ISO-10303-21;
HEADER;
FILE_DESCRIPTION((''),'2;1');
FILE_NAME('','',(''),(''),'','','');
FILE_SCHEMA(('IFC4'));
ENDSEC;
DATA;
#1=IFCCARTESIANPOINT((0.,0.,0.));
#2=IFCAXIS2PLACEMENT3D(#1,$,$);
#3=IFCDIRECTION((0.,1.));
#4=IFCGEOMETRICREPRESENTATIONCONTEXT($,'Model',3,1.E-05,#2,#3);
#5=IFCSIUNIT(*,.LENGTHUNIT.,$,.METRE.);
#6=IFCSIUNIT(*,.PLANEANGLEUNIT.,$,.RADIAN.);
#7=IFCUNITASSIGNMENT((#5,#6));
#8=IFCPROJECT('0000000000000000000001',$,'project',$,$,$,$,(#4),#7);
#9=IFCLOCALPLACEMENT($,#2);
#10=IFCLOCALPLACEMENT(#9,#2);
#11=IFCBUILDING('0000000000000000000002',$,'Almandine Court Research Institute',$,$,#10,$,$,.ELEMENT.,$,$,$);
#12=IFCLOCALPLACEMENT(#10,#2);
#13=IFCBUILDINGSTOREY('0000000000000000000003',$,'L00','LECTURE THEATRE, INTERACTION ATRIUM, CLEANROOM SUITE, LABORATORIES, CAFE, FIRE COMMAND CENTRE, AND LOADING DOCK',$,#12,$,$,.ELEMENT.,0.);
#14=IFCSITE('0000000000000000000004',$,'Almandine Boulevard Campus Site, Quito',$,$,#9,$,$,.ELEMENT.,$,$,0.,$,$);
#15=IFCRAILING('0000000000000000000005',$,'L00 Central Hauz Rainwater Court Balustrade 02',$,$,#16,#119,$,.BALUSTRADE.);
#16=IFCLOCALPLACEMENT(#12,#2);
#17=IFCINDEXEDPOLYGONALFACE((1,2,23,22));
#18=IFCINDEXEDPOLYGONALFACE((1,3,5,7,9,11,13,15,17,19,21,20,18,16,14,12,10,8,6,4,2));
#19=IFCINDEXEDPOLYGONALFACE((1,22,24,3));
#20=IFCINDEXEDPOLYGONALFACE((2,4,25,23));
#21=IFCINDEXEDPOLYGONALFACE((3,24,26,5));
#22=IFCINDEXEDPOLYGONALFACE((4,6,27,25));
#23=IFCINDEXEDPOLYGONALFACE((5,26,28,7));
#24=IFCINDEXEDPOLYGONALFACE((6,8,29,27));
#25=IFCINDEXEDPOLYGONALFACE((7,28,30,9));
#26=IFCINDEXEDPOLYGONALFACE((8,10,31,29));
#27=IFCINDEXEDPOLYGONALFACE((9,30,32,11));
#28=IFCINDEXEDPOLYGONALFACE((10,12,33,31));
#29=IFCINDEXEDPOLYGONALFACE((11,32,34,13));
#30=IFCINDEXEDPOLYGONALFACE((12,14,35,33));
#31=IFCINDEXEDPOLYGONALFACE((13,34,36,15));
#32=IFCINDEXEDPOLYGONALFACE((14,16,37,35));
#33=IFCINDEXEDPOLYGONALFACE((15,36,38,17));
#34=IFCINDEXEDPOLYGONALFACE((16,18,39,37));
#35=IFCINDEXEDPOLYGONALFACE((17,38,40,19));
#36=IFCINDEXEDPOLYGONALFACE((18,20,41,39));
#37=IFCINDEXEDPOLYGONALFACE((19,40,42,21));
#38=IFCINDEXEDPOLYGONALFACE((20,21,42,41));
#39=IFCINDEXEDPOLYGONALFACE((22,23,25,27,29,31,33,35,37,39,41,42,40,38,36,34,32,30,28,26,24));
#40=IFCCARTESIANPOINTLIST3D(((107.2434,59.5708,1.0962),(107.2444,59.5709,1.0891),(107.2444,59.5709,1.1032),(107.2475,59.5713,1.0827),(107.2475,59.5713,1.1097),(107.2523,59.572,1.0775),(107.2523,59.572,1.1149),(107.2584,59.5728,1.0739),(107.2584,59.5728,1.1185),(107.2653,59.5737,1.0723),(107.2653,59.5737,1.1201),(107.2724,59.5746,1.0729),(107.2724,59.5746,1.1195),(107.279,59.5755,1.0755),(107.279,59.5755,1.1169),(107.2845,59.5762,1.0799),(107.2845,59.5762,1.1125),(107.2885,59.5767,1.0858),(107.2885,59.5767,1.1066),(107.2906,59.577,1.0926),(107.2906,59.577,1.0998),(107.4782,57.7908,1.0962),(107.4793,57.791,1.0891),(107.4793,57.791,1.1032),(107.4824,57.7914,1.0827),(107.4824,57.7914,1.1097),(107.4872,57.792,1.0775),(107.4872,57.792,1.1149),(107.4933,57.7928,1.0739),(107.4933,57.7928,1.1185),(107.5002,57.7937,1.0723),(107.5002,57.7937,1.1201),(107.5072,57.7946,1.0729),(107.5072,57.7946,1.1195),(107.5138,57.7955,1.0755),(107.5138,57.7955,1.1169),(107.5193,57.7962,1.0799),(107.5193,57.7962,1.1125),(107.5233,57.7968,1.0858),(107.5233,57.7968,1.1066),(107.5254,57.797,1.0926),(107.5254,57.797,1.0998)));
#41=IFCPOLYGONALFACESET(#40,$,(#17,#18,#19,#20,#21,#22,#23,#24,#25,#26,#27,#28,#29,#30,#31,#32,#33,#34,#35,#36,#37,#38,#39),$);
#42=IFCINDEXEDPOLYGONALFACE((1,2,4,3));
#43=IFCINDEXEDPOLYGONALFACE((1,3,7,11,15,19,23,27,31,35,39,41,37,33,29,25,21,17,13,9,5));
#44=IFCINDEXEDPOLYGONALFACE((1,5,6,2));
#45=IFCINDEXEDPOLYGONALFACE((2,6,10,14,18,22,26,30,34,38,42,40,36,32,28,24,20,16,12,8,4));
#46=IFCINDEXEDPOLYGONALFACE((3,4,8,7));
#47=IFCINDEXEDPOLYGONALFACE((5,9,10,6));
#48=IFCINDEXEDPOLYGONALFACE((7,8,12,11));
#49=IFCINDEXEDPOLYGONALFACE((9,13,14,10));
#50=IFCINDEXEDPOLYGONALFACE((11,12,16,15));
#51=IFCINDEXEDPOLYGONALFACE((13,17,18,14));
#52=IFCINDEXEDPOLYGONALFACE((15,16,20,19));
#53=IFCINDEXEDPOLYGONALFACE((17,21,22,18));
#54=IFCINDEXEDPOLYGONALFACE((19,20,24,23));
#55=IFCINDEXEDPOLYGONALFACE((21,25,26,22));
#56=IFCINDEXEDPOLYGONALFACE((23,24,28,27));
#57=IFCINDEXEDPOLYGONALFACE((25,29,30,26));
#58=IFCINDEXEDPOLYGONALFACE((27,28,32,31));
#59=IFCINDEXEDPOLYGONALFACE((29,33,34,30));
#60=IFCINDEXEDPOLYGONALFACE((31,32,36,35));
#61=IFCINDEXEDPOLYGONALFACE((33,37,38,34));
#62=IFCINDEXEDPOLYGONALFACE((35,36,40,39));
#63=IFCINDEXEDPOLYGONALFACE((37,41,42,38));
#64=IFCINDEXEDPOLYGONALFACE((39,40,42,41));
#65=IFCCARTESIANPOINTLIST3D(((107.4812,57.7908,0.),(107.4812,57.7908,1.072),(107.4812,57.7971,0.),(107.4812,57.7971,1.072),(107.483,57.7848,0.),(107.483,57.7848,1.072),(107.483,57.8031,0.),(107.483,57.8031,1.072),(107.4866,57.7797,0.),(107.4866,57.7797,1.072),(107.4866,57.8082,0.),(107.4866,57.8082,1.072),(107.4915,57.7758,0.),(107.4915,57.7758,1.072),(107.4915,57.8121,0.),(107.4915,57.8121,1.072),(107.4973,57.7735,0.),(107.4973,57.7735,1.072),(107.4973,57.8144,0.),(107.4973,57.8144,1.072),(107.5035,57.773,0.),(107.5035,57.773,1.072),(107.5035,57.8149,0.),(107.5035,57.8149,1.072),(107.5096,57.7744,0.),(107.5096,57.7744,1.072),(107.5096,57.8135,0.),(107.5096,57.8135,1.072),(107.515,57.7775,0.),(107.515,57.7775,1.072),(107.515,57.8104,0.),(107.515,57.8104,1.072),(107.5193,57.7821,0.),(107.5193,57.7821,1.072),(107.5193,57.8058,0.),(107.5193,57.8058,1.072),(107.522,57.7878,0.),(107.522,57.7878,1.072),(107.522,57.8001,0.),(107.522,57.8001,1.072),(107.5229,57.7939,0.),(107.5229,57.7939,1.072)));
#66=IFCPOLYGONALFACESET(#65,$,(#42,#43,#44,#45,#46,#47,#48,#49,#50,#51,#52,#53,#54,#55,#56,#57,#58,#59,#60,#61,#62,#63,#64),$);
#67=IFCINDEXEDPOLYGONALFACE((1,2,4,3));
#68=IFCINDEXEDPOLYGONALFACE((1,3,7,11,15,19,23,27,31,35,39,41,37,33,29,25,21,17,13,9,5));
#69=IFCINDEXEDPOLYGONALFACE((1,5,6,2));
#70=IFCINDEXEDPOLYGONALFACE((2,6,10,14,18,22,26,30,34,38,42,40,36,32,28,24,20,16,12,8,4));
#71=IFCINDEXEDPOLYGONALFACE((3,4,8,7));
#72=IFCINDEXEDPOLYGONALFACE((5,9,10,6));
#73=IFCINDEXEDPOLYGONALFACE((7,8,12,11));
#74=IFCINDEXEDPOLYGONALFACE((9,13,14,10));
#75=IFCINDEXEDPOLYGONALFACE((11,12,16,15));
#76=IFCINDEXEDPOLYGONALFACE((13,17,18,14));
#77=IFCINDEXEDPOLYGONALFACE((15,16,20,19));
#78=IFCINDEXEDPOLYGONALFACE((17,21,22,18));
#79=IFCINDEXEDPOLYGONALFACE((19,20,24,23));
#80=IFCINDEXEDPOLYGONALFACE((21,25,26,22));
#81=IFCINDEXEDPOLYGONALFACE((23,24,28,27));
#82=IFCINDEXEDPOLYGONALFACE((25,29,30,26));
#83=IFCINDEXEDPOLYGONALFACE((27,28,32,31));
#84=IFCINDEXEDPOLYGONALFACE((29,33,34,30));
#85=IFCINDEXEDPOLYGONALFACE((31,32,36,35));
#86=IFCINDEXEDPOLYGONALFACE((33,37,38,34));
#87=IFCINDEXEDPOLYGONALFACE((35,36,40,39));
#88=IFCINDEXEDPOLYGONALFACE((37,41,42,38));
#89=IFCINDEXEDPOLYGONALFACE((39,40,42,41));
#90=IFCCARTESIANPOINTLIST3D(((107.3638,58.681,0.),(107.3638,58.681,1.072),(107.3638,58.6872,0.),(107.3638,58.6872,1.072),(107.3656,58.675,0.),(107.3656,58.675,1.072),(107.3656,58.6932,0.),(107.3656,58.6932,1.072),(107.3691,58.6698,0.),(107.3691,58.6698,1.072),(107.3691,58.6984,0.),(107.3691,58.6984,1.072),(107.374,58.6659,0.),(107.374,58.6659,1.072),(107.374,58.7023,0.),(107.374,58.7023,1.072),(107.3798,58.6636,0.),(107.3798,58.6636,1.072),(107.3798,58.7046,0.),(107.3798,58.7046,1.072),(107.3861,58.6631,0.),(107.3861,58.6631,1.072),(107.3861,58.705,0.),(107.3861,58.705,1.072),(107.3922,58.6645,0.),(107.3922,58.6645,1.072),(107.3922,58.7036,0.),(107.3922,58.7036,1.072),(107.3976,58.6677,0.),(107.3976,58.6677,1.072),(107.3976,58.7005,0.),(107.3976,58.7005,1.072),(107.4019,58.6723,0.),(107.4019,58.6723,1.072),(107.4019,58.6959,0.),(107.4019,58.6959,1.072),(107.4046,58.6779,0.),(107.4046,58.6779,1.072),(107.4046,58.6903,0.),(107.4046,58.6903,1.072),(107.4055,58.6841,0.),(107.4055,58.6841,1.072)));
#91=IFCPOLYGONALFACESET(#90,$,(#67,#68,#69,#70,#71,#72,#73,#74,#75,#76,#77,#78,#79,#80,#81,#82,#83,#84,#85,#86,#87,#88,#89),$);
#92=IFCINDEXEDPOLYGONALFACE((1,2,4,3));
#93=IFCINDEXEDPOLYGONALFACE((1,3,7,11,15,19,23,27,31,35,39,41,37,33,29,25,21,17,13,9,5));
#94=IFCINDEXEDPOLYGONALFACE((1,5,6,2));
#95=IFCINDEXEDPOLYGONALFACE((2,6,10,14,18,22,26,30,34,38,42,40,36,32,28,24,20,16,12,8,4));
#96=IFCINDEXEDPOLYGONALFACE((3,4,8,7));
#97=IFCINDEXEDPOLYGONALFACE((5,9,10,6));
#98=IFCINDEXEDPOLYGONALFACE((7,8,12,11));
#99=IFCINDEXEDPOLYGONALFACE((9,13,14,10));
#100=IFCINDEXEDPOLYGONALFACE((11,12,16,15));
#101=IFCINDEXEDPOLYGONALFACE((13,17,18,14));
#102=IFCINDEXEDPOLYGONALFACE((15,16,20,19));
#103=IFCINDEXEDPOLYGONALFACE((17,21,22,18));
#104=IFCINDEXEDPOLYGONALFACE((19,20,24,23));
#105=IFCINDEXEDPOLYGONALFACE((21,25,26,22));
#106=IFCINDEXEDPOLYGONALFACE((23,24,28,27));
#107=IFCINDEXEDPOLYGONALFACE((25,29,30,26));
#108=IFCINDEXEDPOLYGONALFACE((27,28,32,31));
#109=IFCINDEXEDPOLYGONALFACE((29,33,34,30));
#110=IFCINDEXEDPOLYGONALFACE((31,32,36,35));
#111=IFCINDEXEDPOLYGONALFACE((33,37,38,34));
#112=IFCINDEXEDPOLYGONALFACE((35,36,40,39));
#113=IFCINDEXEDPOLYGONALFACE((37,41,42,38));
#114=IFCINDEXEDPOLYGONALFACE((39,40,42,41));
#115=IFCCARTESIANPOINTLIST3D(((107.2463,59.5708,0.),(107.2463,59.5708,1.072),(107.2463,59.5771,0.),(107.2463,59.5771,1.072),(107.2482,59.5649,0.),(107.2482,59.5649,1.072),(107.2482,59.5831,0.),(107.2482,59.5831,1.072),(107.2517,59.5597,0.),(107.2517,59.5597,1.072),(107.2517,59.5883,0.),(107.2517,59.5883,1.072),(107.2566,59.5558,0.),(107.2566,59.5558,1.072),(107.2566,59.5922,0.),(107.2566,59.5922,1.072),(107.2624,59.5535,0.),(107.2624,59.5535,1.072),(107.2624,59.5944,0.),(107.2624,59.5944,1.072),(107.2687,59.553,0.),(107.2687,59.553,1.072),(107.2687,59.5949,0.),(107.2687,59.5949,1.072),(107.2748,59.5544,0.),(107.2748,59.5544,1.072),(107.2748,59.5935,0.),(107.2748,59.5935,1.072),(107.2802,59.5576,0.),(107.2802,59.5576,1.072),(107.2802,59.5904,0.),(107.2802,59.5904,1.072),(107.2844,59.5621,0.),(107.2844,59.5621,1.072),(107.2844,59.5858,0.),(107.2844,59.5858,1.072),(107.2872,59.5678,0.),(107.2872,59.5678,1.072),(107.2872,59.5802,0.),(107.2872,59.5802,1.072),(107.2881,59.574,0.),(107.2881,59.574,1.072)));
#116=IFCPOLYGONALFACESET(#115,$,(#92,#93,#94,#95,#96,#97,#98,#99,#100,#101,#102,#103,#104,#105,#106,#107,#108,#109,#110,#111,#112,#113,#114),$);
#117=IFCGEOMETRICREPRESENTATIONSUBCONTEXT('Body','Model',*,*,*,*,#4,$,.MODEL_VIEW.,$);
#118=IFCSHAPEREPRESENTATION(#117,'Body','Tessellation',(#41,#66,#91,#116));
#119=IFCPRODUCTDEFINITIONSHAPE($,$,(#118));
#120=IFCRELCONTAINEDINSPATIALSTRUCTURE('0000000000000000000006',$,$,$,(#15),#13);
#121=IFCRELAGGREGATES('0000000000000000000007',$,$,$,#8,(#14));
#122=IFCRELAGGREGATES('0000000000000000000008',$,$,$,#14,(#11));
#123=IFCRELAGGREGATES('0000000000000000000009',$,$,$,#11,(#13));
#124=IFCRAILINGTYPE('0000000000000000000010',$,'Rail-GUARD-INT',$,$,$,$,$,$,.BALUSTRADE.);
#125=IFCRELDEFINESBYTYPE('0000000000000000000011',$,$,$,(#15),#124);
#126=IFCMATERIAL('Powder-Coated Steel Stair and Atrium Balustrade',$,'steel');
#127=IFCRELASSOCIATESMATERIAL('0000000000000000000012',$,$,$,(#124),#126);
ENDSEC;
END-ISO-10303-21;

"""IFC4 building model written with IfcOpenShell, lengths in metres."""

from ifc_helpers import new_model, si_unit, direction, frame, origin, origin_2d, place, context, subcontext, project, spatial, circle, extrude, material, type_object, element, save


model = new_model("IFC4")

# Units and contexts
model_context = context("Model", 3, precision=1e-05, world=origin(), true_north=direction((0.0, 1.0)))
body_context = subcontext(model_context, "Body", "Model", "MODEL_VIEW")
ifc_project = project(units=[si_unit("LENGTHUNIT", "METRE"), si_unit("PLANEANGLEUNIT", "RADIAN")], contexts=[model_context])

# Site, building, storey
site_placement = place(None, origin())
site = spatial("IfcSite", under=ifc_project, at=site_placement, Name="Almandine Boulevard Campus Site, Quito", CompositionType="ELEMENT", RefElevation=0.0)
building_placement = place(site_placement, origin())
building = spatial("IfcBuilding", under=site, at=building_placement, Name="Almandine Court Research Institute", CompositionType="ELEMENT")
storey_placement = place(building_placement, origin())
storey = spatial("IfcBuildingStorey", under=building, at=storey_placement, Name="L00", Description="LECTURE THEATRE, INTERACTION ATRIUM, CLEANROOM SUITE, LABORATORIES, CAFE, FIRE COMMAND CENTRE, AND LOADING DOCK", CompositionType="ELEMENT", Elevation=0.0)

# Railing
ifc_material_1 = material(Name="Powder-Coated Steel Stair and Atrium Balustrade", Category="steel")
railing_type = type_object("IfcRailingType", Name="Rail-GUARD-INT", PredefinedType="BALUSTRADE", material=ifc_material_1)
railing_1_placement = place(storey_placement, frame((107.502, 57.7939, 0.0)))
element("IfcRailing", 1, at=railing_1_placement, inside=storey, type_object=railing_type, Name="L00 Central Hauz Rainwater Court Balustrade 02", PredefinedType="BALUSTRADE", context=body_context, shape_type="SweptSolid", body=[
    extrude(circle(Radius=0.0239, at=origin_2d()), frame((0.0, 0.0, 1.0962), z_axis=(-0.13081, 0.991407, 0.0), x_axis=(-0.991407, -0.13081, 0.0)), (0.0, 0.0, 1.0), 1.7954),
    extrude(circle(Radius=0.021, at=origin_2d()), origin(), (0.0, 0.0, 1.0), 1.072),
    extrude(circle(Radius=0.021, at=origin_2d()), frame((-0.1174, 0.8901, 0.0)), (0.0, 0.0, 1.0), 1.072),
    extrude(circle(Radius=0.021, at=origin_2d()), frame((-0.2349, 1.78, 0.0)), (0.0, 0.0, 1.0), 1.072),
])

save(model, "model.ifc")
